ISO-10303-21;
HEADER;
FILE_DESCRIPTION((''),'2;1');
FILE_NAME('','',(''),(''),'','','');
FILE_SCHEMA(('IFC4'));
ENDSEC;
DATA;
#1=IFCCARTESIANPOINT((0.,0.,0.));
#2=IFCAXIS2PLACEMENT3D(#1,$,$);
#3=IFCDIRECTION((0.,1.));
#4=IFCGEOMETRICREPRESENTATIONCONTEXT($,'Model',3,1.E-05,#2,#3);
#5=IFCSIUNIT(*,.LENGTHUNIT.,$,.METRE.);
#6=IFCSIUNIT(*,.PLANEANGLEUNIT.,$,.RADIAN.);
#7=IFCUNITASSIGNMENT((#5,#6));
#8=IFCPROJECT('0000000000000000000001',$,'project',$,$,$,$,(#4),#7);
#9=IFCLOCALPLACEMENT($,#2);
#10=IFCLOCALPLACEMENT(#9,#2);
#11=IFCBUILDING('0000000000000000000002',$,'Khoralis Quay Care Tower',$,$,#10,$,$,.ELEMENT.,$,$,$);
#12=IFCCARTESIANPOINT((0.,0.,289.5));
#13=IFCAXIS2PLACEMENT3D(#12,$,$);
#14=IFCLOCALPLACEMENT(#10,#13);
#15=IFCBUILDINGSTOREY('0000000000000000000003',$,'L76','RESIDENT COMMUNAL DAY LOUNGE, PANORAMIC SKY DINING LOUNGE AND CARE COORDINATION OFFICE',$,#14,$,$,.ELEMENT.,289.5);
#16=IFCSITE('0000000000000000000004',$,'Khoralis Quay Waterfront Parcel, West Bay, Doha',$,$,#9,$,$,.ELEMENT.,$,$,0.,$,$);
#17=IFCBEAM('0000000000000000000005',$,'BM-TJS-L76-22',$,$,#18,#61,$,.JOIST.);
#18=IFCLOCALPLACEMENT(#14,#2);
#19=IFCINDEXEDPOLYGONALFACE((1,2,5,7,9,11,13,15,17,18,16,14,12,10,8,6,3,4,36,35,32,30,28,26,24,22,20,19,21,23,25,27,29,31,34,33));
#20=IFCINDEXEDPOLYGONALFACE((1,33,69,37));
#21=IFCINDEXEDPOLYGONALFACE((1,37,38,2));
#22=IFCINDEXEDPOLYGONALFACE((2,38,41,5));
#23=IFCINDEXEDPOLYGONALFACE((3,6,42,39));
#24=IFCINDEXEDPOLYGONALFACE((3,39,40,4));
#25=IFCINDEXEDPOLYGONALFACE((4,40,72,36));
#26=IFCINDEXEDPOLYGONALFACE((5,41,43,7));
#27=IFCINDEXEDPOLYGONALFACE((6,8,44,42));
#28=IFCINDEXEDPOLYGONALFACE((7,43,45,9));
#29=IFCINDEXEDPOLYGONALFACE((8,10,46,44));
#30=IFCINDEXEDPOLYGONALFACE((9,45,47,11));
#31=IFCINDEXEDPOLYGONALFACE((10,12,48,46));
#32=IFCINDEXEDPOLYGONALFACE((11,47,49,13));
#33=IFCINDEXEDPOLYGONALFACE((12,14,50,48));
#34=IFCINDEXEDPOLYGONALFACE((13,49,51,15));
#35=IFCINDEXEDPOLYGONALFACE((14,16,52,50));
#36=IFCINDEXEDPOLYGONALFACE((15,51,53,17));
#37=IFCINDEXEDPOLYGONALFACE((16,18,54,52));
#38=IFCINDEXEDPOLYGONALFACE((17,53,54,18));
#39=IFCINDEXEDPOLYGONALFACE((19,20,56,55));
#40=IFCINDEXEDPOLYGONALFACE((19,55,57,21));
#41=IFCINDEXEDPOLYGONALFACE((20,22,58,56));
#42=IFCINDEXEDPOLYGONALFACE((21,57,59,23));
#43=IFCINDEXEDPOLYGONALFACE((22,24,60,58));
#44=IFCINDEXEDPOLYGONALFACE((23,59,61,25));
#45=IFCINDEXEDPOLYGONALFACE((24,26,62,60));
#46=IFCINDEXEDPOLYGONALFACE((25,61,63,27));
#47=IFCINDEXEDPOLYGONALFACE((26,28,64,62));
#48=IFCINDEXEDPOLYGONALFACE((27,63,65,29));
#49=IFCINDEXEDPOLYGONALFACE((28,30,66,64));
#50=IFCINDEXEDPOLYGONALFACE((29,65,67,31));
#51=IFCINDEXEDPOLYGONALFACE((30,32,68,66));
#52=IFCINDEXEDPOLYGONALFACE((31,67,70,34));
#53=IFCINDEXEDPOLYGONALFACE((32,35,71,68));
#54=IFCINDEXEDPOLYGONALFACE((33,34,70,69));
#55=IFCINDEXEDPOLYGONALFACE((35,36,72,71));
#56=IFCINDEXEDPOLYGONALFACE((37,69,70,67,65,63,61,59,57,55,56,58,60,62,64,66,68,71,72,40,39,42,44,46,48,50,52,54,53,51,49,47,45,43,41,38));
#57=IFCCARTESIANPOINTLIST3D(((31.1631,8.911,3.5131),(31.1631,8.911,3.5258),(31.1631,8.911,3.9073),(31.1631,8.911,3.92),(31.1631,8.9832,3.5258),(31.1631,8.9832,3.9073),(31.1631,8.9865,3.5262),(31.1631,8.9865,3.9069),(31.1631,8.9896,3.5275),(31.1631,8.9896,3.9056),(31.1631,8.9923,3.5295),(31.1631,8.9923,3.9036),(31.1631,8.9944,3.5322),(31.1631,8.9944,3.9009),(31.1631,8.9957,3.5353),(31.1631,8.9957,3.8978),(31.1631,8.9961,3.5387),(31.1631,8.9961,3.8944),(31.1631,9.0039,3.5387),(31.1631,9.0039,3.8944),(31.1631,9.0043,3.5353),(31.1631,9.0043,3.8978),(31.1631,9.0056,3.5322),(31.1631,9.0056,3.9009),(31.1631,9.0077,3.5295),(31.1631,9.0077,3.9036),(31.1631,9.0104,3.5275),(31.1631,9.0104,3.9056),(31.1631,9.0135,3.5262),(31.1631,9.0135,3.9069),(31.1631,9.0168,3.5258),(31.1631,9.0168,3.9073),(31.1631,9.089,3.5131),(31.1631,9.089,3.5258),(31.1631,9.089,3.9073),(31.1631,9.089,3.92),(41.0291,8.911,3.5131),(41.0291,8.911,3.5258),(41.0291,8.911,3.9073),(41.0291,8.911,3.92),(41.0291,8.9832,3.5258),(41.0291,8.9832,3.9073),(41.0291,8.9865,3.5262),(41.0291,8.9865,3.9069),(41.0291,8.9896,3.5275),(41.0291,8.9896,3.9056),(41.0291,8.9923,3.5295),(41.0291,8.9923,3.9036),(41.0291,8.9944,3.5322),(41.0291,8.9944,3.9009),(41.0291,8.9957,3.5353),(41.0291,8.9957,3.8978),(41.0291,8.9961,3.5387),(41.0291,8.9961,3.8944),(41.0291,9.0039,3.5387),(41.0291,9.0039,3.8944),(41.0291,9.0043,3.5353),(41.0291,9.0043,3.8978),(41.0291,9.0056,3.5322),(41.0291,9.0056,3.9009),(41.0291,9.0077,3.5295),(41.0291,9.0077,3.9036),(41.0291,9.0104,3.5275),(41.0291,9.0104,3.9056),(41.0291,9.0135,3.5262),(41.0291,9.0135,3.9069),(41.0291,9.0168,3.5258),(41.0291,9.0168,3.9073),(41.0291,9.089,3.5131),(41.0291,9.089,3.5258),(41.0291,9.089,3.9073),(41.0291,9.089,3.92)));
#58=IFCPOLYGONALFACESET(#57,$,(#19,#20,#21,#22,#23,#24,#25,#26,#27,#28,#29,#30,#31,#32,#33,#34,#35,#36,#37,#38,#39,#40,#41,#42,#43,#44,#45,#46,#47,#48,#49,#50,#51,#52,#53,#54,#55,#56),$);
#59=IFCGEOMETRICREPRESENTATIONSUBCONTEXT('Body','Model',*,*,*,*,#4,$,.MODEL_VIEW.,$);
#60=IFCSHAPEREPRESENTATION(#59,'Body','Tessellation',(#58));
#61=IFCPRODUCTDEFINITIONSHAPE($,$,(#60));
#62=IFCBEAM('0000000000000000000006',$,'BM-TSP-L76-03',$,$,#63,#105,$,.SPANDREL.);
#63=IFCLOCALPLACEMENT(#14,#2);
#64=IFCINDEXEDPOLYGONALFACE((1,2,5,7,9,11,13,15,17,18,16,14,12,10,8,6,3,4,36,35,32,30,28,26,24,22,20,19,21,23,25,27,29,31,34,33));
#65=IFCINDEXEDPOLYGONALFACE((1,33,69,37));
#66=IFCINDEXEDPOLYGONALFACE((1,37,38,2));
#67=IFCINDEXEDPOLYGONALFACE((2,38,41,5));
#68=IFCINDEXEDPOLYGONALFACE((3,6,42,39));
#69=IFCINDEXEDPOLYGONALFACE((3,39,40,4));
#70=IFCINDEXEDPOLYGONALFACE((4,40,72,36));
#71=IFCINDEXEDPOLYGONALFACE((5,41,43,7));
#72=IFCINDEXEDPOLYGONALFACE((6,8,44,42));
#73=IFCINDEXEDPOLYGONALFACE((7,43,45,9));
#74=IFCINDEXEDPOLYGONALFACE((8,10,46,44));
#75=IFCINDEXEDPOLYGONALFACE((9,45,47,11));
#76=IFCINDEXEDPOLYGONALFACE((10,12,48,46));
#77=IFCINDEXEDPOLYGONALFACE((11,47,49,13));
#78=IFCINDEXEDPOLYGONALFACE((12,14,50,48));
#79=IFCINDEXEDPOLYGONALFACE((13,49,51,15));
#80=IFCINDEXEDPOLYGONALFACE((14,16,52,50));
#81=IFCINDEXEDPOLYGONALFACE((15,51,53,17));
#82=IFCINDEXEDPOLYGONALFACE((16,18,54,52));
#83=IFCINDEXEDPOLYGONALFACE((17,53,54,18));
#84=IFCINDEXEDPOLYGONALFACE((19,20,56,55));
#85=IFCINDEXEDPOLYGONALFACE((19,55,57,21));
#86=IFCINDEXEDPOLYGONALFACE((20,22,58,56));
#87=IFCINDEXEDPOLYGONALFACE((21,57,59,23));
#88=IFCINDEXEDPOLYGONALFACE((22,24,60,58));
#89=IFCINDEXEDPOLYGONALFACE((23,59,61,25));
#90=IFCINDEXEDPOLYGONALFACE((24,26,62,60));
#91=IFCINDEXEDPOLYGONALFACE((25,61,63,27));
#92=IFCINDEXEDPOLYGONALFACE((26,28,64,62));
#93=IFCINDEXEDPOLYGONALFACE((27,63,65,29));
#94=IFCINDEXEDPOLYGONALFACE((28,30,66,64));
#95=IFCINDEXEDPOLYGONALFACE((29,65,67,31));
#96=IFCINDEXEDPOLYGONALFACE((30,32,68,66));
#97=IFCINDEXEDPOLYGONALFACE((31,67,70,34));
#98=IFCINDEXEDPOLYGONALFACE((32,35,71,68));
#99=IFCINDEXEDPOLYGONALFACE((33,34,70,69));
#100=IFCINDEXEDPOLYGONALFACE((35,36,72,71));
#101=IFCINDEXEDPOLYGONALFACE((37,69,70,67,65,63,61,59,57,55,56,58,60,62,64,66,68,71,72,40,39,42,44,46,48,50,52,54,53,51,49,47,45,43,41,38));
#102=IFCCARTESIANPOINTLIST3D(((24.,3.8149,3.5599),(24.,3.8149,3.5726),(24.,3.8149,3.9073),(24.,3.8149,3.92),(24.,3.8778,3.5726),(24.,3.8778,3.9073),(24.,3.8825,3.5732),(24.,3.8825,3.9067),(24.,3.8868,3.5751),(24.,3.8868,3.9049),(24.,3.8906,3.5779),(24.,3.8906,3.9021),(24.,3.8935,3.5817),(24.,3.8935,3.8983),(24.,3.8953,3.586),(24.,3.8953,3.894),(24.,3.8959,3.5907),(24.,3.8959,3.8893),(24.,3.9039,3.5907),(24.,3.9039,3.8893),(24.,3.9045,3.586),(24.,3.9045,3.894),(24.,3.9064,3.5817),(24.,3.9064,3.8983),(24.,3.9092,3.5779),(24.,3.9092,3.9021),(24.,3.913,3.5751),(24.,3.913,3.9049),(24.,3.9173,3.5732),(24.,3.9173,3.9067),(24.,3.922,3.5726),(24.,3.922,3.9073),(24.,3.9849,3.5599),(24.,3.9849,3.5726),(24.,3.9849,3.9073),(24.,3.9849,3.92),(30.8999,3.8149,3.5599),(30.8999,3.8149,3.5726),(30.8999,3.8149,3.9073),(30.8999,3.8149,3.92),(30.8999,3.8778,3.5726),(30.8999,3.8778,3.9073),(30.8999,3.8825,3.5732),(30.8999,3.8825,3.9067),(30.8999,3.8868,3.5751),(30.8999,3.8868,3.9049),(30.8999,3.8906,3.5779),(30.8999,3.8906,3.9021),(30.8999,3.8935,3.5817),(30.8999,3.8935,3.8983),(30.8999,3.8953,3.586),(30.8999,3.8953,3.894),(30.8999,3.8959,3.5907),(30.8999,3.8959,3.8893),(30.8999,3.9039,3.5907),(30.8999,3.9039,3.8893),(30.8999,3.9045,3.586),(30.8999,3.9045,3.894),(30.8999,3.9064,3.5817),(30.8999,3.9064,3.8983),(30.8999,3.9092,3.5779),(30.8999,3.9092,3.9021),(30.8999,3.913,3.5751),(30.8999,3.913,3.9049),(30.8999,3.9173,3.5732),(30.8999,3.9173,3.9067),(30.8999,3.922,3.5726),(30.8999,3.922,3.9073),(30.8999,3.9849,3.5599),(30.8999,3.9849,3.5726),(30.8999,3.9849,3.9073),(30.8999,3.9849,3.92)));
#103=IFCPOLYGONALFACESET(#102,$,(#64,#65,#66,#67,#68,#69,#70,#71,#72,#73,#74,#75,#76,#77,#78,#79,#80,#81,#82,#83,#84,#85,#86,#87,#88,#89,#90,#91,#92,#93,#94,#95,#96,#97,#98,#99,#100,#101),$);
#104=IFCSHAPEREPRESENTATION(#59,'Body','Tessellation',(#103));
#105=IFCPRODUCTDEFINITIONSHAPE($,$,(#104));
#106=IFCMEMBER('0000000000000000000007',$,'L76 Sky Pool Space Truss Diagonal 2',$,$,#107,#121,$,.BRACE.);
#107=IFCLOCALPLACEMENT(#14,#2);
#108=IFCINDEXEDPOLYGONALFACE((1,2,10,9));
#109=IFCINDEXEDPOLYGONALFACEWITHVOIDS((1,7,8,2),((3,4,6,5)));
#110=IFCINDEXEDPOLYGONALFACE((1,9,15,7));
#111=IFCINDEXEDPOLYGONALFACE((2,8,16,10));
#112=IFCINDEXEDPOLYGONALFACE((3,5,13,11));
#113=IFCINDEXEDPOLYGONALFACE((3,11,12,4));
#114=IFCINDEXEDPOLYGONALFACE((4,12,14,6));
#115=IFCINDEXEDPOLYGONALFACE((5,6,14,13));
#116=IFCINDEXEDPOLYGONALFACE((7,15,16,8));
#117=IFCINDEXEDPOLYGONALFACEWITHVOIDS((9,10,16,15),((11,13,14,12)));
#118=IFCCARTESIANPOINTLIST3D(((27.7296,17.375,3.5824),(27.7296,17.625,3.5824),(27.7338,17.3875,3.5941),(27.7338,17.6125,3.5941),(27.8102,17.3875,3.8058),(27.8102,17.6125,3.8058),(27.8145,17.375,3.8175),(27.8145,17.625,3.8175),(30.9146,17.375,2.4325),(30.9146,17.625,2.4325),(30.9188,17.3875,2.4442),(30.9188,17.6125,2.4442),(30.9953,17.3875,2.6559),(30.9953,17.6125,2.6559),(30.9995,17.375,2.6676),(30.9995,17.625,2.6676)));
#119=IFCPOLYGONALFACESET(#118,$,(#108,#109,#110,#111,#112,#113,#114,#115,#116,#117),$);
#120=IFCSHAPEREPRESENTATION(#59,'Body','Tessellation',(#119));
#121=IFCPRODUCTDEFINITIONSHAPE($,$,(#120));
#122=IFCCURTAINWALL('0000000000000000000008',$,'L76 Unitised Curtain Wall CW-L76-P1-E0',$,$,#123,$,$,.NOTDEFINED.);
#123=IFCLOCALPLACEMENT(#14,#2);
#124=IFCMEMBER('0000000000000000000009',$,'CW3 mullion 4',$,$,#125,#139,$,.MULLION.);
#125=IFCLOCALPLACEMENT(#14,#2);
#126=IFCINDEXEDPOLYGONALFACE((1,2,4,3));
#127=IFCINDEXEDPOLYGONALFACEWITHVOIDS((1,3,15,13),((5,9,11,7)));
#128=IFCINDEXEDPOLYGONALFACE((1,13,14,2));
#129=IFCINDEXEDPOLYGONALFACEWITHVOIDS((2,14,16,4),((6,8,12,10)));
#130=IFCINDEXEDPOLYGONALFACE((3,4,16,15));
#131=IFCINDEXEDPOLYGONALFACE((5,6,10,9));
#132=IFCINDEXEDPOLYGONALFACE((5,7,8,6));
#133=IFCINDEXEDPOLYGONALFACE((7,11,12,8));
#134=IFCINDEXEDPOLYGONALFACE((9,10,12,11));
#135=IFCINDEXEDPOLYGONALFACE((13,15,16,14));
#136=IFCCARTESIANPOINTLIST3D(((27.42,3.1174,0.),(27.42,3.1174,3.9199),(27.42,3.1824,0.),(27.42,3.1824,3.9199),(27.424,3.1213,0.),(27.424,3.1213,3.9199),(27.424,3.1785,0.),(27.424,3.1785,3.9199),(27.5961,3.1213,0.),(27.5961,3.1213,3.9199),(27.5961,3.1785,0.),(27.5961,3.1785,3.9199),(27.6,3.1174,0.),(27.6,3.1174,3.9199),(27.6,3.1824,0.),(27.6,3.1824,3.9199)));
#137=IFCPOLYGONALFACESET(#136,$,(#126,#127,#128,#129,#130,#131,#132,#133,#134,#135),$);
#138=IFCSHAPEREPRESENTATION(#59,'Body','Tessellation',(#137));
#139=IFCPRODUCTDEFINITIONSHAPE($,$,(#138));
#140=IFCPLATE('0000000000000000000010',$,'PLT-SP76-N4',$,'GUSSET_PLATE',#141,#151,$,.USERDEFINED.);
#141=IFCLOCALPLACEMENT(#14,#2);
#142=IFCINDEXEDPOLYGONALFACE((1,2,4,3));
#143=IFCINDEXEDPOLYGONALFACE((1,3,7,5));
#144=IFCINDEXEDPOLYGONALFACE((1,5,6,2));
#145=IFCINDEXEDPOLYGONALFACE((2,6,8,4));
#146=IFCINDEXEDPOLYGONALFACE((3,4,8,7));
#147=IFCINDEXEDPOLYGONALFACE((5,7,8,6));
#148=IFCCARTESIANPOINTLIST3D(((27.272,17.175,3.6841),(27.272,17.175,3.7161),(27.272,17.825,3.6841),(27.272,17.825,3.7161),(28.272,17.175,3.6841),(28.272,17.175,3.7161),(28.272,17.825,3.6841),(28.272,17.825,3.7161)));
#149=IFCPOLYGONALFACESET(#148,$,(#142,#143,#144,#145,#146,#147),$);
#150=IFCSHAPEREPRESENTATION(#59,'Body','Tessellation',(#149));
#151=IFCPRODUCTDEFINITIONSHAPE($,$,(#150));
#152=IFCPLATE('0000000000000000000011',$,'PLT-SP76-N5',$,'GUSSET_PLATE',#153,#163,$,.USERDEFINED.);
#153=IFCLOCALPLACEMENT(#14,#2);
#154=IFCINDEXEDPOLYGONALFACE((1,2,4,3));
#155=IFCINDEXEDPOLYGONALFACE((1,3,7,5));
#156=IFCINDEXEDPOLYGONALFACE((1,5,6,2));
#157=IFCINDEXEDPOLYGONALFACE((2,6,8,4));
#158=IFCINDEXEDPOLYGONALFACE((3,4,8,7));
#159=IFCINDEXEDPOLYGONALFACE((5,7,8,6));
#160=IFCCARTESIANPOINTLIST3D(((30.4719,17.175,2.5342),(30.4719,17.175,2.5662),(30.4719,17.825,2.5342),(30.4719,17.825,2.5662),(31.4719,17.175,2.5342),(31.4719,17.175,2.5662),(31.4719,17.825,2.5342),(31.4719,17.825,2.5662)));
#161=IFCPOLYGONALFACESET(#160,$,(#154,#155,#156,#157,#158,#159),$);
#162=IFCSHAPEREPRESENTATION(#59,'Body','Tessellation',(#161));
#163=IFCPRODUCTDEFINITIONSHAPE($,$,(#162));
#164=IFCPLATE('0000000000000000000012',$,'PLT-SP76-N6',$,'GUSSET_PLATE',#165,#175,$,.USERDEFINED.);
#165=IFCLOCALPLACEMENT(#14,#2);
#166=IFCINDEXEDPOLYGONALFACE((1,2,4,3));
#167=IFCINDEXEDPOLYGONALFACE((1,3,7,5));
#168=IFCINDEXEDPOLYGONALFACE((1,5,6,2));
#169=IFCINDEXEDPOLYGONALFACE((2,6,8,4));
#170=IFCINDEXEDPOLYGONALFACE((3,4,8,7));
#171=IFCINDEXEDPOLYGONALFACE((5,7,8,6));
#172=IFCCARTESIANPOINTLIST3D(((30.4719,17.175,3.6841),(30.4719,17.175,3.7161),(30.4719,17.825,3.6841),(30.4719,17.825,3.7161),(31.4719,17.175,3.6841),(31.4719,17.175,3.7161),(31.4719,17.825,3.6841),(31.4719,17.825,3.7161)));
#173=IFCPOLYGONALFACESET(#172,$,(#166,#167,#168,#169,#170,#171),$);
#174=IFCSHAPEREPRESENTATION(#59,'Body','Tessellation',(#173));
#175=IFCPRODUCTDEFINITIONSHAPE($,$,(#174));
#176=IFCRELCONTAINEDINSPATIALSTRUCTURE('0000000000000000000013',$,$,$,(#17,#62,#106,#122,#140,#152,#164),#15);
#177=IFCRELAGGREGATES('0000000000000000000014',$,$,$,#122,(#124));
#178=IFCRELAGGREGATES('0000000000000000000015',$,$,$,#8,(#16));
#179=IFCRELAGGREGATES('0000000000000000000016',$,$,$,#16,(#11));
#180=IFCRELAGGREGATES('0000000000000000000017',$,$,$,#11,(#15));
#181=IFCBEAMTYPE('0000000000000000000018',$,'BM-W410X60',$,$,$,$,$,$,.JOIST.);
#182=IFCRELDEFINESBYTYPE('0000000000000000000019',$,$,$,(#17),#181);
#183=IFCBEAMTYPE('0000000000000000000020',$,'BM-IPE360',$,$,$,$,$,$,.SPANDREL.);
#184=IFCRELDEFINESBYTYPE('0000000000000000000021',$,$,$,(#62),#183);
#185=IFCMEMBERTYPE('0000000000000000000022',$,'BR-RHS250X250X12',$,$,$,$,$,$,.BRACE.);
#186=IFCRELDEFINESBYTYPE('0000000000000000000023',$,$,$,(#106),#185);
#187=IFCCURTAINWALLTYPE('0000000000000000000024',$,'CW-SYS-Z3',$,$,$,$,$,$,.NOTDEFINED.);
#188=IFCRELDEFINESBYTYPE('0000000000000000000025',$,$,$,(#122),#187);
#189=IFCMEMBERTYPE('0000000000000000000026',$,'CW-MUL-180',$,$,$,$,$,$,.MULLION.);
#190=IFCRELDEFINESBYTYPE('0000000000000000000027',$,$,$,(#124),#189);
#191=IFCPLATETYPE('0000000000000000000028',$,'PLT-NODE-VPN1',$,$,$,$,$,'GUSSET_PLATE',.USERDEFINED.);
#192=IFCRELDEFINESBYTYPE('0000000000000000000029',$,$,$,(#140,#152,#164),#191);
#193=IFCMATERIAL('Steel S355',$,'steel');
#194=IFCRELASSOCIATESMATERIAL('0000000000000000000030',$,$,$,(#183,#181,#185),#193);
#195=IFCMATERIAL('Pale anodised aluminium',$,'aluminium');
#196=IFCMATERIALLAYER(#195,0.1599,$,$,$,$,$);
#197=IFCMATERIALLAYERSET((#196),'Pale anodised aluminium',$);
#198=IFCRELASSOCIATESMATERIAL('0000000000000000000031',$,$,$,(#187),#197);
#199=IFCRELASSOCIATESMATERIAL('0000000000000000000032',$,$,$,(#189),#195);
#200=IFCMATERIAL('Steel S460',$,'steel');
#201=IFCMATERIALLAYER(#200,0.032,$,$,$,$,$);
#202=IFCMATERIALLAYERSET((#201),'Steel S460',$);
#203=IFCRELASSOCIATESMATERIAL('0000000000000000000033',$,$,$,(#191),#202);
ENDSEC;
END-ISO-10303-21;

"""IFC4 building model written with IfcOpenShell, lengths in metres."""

from ifc_helpers import new_model, si_unit, direction, frame, origin, origin_2d, place, context, subcontext, project, spatial, rectangle, hollow_rectangle, i_section, extrude, source, transform, mapped, material, layer, layer_set, material_profile, profile_set, type_object, element, aggregate, save


model = new_model("IFC4")

# Units and contexts
model_context = context("Model", 3, precision=1e-05, world=origin(), true_north=direction((0.0, 1.0)))
body_context = subcontext(model_context, "Body", "Model", "MODEL_VIEW")
ifc_project = project(units=[si_unit("LENGTHUNIT", "METRE"), si_unit("PLANEANGLEUNIT", "RADIAN")], contexts=[model_context])

# Site, building, storey
site_placement = place(None, origin())
site = spatial("IfcSite", under=ifc_project, at=site_placement, Name="Khoralis Quay Waterfront Parcel, West Bay, Doha", CompositionType="ELEMENT", RefElevation=0.0)
building_placement = place(site_placement, origin())
building = spatial("IfcBuilding", under=site, at=building_placement, Name="Khoralis Quay Care Tower", CompositionType="ELEMENT")
storey_placement = place(building_placement, frame((0.0, 0.0, 289.5)))
storey = spatial("IfcBuildingStorey", under=building, at=storey_placement, Name="L76", Description="RESIDENT COMMUNAL DAY LOUNGE, PANORAMIC SKY DINING LOUNGE AND CARE COORDINATION OFFICE", CompositionType="ELEMENT", Elevation=289.5)

# Beams
ifc_material_1 = material(Name="Steel S355", Category="steel")
ifc_material_profile_1 = material_profile(ifc_material_1, i_section(OverallWidth=0.1699, OverallDepth=0.3601, WebThickness=0.0081, FlangeThickness=0.0127, FilletRadius=0.0181, at=origin_2d()), Name="Steel S355")
ifc_profile_set_1 = profile_set([ifc_material_profile_1], Name="Steel S355")
beam_type_1 = type_object("IfcBeamType", Name="BM-IPE360", PredefinedType="SPANDREL", material=ifc_profile_set_1)
ifc_material_profile_2 = material_profile(ifc_material_1, i_section(OverallWidth=0.178, OverallDepth=0.407, WebThickness=0.0078, FlangeThickness=0.0127, FilletRadius=0.0129, at=origin_2d()), Name="Steel S355")
ifc_profile_set_2 = profile_set([ifc_material_profile_2], Name="Steel S355")
beam_type_2 = type_object("IfcBeamType", Name="BM-W410X60", PredefinedType="JOIST", material=ifc_profile_set_2)
shared_shape_1 = source(origin(), body_context, "Body", "SweptSolid", [
    extrude(i_section(OverallWidth=0.178, OverallDepth=0.407, WebThickness=0.0078, FlangeThickness=0.0127, FilletRadius=0.0129, at=origin_2d()), origin(), (0.0, 0.0, 1.0), 9.866),
])
beam_1_placement = place(storey_placement, frame((31.1631, 9.0, 3.7166), z_axis=(1.0, 0.0, 0.0), x_axis=(0.0, 1.0, 0.0)))
element("IfcBeam", 1, at=beam_1_placement, inside=storey, type_object=beam_type_2, Name="BM-TJS-L76-22", PredefinedType="JOIST", context=body_context, shape_type="MappedRepresentation", body=[
    mapped(shared_shape_1, transform((0.0, 0.0, 0.0), scale=1.0)),
])
shared_shape_2 = source(origin(), body_context, "Body", "SweptSolid", [
    extrude(i_section(OverallWidth=0.1699, OverallDepth=0.3601, WebThickness=0.0081, FlangeThickness=0.0127, FilletRadius=0.0181, at=origin_2d()), origin(), (0.0, 0.0, 1.0), 6.8999),
])
beam_2_placement = place(storey_placement, frame((24.0, 3.8999, 3.74), z_axis=(1.0, 0.0, 0.0), x_axis=(0.0, 1.0, 0.0)))
element("IfcBeam", 2, at=beam_2_placement, inside=storey, type_object=beam_type_1, Name="BM-TSP-L76-03", PredefinedType="SPANDREL", context=body_context, shape_type="MappedRepresentation", body=[
    mapped(shared_shape_2, transform((0.0, 0.0, 0.0), scale=1.0)),
])

# Member
ifc_material_profile_3 = material_profile(ifc_material_1, hollow_rectangle(XDim=0.25, YDim=0.25, WallThickness=0.0125, at=origin_2d()), Name="Steel S355")
ifc_profile_set_3 = profile_set([ifc_material_profile_3], Name="Steel S355")
member_type_1 = type_object("IfcMemberType", Name="BR-RHS250X250X12", PredefinedType="BRACE", material=ifc_profile_set_3)
shared_shape_3 = source(origin(), body_context, "Body", "SweptSolid", [
    extrude(hollow_rectangle(XDim=0.25, YDim=0.25, WallThickness=0.0125, at=origin_2d()), origin(), (0.0, 0.0, 1.0), 3.3862),
])
member_1_placement = place(storey_placement, frame((30.957, 17.5, 2.55), z_axis=(-0.940578, 0.0, 0.339577), x_axis=(0.0, -1.0, 0.0)))
element("IfcMember", 3, at=member_1_placement, inside=storey, type_object=member_type_1, Name="L76 Sky Pool Space Truss Diagonal 2", PredefinedType="BRACE", context=body_context, shape_type="MappedRepresentation", body=[
    mapped(shared_shape_3, transform((0.0, 0.0, 0.0), scale=1.0)),
])

# Curtain wall, member
ifc_material_2 = material(Name="Pale anodised aluminium", Category="aluminium")
ifc_layer_1 = layer(ifc_material_2, 0.1599)
ifc_layer_set_1 = layer_set([ifc_layer_1], Name="Pale anodised aluminium")
curtain_wall_type = type_object("IfcCurtainWallType", Name="CW-SYS-Z3", PredefinedType="NOTDEFINED", material=ifc_layer_set_1)
curtain_wall_placement = place(storey_placement, origin())
curtain_wall = element("IfcCurtainWall", 4, at=curtain_wall_placement, inside=storey, type_object=curtain_wall_type, Name="L76 Unitised Curtain Wall CW-L76-P1-E0", PredefinedType="NOTDEFINED")
ifc_material_profile_4 = material_profile(ifc_material_2, hollow_rectangle(XDim=0.0649, YDim=0.1799, WallThickness=0.0039, at=origin_2d()), Name="Pale anodised aluminium")
ifc_profile_set_4 = profile_set([ifc_material_profile_4], Name="Pale anodised aluminium")
member_type_2 = type_object("IfcMemberType", Name="CW-MUL-180", PredefinedType="MULLION", material=ifc_profile_set_4)
shared_shape_4 = source(origin(), body_context, "Body", "SweptSolid", [
    extrude(hollow_rectangle(XDim=0.0649, YDim=0.1799, WallThickness=0.0039, at=origin_2d()), origin(), (0.0, 0.0, 1.0), 3.9199),
])
member_2_placement = place(storey_placement, frame((27.51, 3.1499, 0.0), z_axis=(0.0, 0.0, 1.0), x_axis=(0.0, 1.0, 0.0)))
member_2 = element("IfcMember", 5, at=member_2_placement, type_object=member_type_2, Name="CW3 mullion 4", PredefinedType="MULLION", context=body_context, shape_type="MappedRepresentation", body=[
    mapped(shared_shape_4, transform((0.0, 0.0, 0.0), scale=1.0)),
])

# Plates
ifc_material_3 = material(Name="Steel S460", Category="steel")
ifc_layer_2 = layer(ifc_material_3, 0.032)
ifc_layer_set_2 = layer_set([ifc_layer_2], Name="Steel S460")
plate_type_1 = type_object("IfcPlateType", Name="PLT-NODE-VPN1", ElementType="GUSSET_PLATE", PredefinedType="USERDEFINED", material=ifc_layer_set_2)
shared_shape_5 = source(origin(), body_context, "Body", "SweptSolid", [
    extrude(rectangle(XDim=1.0, YDim=0.6499, at=origin_2d()), origin(), (0.0, 0.0, 1.0), 0.032),
])
for number, where, z_axis, x_axis, name in (
    (6, (27.772, 17.5, 3.6841), (0.0, 0.0, 1.0), (1.0, 0.0, 0.0), "PLT-SP76-N4"),
    (7, (30.9719, 17.5, 2.5342), (0.0, 0.0, 1.0), (1.0, 0.0, 0.0), "PLT-SP76-N5"),
    (8, (30.9719, 17.5, 3.6841), (0.0, 0.0, 1.0), (1.0, 0.0, 0.0), "PLT-SP76-N6"),
):
    element("IfcPlate", number, at=place(storey_placement, frame(where, z_axis=z_axis, x_axis=x_axis)), inside=storey, type_object=plate_type_1, Name=name, ObjectType="GUSSET_PLATE", PredefinedType="USERDEFINED", context=body_context, shape_type="MappedRepresentation", body=[
        mapped(shared_shape_5, transform((0.0, 0.0, 0.0), scale=1.0)),
    ])

aggregate(curtain_wall, [member_2])

save(model, "model.ifc")
